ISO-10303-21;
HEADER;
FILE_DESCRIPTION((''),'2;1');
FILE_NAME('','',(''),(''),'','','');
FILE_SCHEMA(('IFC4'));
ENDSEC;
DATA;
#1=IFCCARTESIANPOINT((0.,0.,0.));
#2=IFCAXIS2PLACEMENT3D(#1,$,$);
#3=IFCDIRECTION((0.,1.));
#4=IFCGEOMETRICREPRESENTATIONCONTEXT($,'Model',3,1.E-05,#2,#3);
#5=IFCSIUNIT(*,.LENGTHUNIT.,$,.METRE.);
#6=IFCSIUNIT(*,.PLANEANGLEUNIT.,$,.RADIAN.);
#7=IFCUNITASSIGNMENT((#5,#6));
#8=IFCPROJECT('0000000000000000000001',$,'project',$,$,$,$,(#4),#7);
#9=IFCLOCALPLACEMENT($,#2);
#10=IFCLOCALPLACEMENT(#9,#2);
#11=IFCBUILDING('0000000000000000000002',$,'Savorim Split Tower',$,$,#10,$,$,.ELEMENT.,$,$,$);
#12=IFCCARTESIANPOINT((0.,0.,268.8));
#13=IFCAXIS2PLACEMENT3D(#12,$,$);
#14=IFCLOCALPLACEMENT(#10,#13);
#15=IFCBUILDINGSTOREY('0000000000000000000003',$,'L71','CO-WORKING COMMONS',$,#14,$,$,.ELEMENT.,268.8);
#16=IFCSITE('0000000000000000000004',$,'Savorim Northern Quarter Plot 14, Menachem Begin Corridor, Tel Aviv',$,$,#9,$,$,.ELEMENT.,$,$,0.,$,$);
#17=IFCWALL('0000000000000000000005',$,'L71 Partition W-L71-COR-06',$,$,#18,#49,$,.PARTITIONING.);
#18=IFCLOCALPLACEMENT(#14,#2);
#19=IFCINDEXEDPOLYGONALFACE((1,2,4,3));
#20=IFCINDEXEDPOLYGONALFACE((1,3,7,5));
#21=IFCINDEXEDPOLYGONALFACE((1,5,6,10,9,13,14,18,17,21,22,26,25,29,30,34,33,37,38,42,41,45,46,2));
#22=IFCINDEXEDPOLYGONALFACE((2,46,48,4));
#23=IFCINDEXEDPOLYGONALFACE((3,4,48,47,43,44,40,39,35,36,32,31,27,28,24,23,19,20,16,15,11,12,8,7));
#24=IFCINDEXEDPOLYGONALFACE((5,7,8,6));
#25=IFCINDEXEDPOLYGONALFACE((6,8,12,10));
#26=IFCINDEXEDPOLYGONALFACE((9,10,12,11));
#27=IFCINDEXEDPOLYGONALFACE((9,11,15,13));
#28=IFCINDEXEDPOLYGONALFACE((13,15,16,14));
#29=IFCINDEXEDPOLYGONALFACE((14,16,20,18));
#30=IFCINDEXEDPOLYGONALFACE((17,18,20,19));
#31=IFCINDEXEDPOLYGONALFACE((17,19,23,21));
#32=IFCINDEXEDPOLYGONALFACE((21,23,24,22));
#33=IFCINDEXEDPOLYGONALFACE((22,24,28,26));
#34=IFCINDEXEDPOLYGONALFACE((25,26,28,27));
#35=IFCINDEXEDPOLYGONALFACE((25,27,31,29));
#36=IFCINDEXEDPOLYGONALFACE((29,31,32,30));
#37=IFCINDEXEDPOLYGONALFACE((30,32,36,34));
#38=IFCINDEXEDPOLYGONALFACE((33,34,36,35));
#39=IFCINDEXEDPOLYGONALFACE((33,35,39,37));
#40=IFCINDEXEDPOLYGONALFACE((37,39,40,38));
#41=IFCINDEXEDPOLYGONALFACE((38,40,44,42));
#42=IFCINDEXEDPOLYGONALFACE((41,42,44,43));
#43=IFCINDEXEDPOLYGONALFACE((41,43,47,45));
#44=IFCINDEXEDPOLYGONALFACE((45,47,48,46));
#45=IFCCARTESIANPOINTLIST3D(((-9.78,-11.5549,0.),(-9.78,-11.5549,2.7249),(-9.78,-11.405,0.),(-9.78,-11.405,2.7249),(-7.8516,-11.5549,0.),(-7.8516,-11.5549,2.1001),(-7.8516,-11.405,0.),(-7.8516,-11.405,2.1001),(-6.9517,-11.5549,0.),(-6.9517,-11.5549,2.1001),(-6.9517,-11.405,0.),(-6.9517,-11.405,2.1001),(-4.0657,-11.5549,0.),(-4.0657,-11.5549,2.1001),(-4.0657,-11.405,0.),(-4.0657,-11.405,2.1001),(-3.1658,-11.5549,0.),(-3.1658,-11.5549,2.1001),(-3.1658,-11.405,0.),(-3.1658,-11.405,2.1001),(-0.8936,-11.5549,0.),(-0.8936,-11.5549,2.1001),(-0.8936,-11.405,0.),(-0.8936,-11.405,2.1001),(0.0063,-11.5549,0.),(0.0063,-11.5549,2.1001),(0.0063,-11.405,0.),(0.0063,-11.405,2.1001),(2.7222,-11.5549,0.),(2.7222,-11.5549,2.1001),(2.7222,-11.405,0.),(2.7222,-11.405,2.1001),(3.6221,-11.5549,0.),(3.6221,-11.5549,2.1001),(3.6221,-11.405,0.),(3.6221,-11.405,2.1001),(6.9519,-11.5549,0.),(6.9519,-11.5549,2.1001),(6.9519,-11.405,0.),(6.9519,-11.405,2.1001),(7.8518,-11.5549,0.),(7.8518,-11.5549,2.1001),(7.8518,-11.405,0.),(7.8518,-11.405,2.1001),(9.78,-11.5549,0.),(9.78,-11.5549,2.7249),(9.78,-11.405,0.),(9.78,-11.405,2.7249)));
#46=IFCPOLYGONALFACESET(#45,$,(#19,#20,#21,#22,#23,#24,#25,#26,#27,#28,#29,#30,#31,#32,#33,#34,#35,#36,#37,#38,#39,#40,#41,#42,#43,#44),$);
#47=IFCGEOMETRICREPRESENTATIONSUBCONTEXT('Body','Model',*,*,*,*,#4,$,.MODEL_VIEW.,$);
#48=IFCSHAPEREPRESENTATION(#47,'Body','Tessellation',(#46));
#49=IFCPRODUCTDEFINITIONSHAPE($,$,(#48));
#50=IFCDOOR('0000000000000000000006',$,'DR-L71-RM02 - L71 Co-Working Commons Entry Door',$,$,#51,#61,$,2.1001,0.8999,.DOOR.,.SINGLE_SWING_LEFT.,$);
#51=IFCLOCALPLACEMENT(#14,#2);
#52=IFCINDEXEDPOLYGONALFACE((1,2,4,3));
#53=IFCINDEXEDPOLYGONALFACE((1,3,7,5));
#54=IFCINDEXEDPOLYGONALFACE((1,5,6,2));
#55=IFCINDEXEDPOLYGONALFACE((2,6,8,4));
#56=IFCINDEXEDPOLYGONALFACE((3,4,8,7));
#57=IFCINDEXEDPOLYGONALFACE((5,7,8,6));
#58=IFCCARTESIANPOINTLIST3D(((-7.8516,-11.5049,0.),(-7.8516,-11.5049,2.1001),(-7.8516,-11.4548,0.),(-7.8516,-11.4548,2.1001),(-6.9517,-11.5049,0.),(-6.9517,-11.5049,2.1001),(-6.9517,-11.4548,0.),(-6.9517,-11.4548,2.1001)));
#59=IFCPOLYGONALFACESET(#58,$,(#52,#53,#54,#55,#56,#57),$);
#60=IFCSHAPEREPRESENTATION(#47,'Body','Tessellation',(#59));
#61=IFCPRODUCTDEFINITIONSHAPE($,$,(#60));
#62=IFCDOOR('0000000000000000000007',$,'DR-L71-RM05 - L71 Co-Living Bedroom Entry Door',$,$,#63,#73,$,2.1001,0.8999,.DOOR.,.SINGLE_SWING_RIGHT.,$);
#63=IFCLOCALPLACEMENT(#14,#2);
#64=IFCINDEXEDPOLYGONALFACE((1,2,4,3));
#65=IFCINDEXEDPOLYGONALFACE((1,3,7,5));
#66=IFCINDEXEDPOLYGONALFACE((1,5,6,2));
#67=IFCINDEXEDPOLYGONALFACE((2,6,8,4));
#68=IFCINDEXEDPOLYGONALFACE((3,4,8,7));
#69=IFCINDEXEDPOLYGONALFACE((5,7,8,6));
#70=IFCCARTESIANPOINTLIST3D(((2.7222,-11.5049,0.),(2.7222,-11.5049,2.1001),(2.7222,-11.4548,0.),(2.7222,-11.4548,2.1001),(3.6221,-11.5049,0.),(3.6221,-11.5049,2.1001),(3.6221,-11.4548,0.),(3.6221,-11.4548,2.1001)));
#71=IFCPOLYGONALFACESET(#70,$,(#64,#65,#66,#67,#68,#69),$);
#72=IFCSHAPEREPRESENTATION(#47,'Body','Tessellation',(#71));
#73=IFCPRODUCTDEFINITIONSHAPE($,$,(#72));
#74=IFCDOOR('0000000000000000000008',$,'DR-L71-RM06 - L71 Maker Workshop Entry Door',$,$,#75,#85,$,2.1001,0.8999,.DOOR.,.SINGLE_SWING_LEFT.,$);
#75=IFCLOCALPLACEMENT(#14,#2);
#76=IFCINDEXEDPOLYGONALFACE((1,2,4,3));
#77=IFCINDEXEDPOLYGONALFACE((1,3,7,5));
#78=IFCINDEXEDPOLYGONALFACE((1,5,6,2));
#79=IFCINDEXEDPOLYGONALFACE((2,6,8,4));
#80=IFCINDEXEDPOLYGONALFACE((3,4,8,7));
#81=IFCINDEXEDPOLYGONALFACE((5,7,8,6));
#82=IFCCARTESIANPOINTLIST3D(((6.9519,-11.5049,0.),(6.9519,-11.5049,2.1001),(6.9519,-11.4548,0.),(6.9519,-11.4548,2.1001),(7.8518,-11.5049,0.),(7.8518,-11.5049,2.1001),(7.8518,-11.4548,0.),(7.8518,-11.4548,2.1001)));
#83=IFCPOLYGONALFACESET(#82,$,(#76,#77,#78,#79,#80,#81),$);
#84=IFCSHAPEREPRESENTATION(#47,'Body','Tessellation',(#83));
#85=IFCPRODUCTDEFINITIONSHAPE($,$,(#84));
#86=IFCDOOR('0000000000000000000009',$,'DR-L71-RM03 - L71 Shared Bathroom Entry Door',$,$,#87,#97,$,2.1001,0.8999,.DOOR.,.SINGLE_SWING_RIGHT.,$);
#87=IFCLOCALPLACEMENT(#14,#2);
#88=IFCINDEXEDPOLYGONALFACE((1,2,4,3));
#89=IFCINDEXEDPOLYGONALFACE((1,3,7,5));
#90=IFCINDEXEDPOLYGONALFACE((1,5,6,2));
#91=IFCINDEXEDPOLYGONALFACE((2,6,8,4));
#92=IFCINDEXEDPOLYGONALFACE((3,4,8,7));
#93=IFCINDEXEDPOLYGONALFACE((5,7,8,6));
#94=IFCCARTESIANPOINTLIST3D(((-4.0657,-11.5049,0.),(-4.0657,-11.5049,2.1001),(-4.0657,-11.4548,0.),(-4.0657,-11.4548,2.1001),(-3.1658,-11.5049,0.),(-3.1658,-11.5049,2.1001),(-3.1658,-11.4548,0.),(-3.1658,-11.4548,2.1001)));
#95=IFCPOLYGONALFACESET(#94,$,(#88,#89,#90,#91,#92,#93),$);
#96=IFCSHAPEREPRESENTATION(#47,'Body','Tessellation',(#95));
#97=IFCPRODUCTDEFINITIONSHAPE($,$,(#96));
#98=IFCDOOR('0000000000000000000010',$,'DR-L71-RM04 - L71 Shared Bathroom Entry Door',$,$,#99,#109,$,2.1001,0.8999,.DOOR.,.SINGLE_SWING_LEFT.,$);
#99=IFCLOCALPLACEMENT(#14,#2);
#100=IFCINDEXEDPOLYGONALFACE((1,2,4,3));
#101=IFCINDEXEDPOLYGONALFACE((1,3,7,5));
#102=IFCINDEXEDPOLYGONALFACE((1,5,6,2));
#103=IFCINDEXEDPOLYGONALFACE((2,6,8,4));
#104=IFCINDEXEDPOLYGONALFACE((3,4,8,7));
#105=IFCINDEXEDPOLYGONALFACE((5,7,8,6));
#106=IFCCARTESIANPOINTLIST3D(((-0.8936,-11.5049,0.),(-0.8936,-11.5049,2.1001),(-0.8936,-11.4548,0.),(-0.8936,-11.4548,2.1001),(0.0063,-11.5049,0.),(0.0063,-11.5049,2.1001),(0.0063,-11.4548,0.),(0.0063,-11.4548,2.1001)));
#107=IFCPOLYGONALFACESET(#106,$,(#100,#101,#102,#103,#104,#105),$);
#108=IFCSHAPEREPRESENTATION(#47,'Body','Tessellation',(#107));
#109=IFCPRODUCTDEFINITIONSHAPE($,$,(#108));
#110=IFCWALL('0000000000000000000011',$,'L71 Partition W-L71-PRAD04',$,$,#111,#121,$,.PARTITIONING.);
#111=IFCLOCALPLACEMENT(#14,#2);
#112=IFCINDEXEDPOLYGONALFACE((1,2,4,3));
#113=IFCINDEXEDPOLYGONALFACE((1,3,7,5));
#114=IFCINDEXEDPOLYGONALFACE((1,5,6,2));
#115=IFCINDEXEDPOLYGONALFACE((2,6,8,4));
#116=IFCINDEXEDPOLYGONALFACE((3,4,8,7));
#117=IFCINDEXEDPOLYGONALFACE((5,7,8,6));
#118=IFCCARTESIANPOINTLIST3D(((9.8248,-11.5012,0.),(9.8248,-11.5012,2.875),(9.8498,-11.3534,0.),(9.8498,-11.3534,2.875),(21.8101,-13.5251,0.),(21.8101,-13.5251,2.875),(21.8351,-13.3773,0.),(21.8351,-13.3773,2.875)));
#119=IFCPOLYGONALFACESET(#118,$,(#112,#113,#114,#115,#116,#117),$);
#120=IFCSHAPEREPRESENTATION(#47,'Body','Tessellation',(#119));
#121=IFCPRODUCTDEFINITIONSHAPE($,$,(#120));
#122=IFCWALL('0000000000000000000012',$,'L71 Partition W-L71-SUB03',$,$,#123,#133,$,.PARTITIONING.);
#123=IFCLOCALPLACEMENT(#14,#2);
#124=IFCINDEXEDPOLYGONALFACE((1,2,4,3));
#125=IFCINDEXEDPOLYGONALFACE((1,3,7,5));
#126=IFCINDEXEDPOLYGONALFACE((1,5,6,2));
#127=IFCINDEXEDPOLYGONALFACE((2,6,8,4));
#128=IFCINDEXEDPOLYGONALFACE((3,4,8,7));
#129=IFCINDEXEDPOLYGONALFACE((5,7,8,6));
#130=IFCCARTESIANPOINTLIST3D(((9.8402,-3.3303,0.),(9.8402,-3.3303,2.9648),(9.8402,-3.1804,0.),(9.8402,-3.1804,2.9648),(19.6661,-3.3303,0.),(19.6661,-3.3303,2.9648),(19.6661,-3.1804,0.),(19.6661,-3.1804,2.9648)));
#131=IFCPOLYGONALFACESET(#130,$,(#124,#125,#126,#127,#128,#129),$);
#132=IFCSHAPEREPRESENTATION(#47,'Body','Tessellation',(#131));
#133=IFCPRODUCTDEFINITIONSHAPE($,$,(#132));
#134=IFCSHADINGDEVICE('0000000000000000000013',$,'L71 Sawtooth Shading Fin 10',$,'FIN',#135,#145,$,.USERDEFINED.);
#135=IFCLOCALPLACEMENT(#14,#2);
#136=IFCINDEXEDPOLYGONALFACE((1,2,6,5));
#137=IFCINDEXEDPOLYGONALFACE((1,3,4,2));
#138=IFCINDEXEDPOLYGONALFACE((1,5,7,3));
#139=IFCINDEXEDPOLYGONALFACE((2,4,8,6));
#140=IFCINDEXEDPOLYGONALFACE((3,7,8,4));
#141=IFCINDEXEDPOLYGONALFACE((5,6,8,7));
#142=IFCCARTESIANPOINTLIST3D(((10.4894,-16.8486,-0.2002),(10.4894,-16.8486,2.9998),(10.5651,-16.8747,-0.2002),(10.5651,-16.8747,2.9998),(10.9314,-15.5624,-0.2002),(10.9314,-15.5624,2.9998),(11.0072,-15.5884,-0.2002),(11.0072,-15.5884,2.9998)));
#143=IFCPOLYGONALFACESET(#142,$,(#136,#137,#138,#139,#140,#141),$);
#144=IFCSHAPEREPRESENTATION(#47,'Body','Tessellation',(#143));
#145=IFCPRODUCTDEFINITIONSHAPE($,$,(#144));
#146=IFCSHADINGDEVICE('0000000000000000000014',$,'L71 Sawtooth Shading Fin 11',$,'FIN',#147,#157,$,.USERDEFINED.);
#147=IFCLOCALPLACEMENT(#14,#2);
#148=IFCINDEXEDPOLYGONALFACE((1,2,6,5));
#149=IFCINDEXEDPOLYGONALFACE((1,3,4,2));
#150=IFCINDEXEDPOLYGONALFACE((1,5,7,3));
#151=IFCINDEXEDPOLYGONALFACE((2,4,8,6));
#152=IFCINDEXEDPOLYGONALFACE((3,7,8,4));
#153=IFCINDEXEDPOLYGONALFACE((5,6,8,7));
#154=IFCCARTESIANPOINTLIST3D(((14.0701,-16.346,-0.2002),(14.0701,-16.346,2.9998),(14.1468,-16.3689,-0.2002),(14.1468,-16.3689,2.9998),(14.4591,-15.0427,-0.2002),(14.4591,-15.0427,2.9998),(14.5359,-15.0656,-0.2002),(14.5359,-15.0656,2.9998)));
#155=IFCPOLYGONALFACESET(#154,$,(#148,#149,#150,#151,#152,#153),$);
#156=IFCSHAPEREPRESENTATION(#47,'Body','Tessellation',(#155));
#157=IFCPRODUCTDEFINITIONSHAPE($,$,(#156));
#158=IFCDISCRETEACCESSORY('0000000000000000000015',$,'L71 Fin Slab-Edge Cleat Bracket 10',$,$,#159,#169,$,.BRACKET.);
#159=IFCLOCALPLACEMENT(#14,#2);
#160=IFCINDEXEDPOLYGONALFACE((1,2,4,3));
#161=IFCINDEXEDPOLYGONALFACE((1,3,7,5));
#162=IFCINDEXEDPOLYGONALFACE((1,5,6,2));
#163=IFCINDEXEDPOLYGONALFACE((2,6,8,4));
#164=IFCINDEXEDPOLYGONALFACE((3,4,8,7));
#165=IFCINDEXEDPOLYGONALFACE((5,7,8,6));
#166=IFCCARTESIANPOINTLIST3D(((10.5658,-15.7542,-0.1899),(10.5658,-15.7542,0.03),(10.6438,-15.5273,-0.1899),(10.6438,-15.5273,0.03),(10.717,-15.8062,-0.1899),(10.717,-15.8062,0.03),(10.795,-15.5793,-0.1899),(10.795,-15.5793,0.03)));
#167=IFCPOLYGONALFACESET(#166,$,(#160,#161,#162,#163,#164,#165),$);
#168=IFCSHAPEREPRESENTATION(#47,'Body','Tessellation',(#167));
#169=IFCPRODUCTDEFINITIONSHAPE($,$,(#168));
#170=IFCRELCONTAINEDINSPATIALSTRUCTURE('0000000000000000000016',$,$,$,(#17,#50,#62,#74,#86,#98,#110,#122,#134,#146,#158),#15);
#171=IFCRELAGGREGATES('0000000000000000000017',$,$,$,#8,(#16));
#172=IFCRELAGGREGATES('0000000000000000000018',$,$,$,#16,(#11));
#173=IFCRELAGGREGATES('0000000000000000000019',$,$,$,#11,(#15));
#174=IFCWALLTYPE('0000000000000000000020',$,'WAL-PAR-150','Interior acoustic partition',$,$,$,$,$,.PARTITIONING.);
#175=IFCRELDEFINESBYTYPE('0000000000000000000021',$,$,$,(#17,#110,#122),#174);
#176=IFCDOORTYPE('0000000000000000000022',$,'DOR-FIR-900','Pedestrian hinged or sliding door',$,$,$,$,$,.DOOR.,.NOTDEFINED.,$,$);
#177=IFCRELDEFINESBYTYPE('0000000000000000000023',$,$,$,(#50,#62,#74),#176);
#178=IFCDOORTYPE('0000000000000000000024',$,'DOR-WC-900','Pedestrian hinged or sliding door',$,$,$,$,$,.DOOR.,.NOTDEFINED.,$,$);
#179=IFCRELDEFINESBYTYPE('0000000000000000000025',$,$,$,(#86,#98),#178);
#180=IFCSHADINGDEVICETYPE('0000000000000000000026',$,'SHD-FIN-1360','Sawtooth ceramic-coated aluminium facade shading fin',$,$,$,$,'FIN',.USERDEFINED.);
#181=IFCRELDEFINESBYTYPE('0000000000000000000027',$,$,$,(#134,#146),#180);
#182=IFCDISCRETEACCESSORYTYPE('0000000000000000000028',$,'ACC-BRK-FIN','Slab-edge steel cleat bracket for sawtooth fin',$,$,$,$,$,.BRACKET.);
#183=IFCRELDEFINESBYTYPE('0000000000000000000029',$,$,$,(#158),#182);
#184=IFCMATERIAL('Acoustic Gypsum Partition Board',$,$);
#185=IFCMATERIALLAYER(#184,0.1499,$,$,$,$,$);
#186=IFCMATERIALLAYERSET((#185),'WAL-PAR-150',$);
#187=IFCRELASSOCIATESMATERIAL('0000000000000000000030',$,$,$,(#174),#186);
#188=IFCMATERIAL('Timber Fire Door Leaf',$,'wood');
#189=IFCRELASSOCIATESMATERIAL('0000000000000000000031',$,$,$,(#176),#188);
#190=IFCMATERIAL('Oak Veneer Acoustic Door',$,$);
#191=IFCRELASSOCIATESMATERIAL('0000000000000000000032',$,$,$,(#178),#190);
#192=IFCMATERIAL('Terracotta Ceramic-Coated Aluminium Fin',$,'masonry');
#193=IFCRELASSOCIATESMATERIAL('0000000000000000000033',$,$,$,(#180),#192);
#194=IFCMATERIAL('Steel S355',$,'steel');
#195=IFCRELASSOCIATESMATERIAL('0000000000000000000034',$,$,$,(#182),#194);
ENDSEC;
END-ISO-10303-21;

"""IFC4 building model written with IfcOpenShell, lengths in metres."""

from ifc_helpers import new_model, si_unit, direction, frame, frame_2d, origin, origin_2d, place, context, subcontext, project, spatial, rectangle, extrude, material, layer, layer_set, type_object, element, fill, save


model = new_model("IFC4")

# Units and contexts
model_context = context("Model", 3, precision=1e-05, world=origin(), true_north=direction((0.0, 1.0)))
body_context = subcontext(model_context, "Body", "Model", "MODEL_VIEW")
ifc_project = project(units=[si_unit("LENGTHUNIT", "METRE"), si_unit("PLANEANGLEUNIT", "RADIAN")], contexts=[model_context])

# Site, building, storey
site_placement = place(None, origin())
site = spatial("IfcSite", under=ifc_project, at=site_placement, Name="Savorim Northern Quarter Plot 14, Menachem Begin Corridor, Tel Aviv", CompositionType="ELEMENT", RefElevation=0.0)
building_placement = place(site_placement, origin())
building = spatial("IfcBuilding", under=site, at=building_placement, Name="Savorim Split Tower", CompositionType="ELEMENT")
storey_placement = place(building_placement, frame((0.0, 0.0, 268.8)))
storey = spatial("IfcBuildingStorey", under=building, at=storey_placement, Name="L71", Description="CO-WORKING COMMONS", CompositionType="ELEMENT", Elevation=268.8)

# Shared definitions
ifc_material_1 = material(Name="Steel S355", Category="steel")

# Wall, openings, doors
ifc_material_2 = material(Name="Acoustic Gypsum Partition Board")
ifc_layer_1 = layer(ifc_material_2, 0.1499)
ifc_layer_set_1 = layer_set([ifc_layer_1], Name="WAL-PAR-150")
wall_type = type_object("IfcWallType", Name="WAL-PAR-150", Description="Interior acoustic partition", PredefinedType="PARTITIONING", material=ifc_layer_set_1)
wall_1_placement = place(storey_placement, frame((9.78, -11.48, 0.0), z_axis=(0.0, 0.0, 1.0), x_axis=(-1.0, 0.0, 0.0)))
wall_1 = element("IfcWall", 1, at=wall_1_placement, inside=storey, type_object=wall_type, Name="L71 Partition W-L71-COR-06", PredefinedType="PARTITIONING", context=body_context, shape_type="SweptSolid", body=[
    extrude(rectangle(XDim=19.5601, YDim=0.1499, at=frame_2d((9.78, 0.0))), origin(), (0.0, 0.0, 1.0), 2.7249),
])
opening_1_placement = place(wall_1_placement, frame((16.7317, 0.0, 0.0)))
opening_1 = element("IfcOpeningElement", 2, at=opening_1_placement, cuts=wall_1, PredefinedType="OPENING", context=body_context, shape_type="SweptSolid", body=[
    extrude(rectangle(XDim=0.8999, YDim=2.1001, at=frame_2d((0.45, 1.05))), frame((0.0, 0.085, 0.0), z_axis=(0.0, -1.0, 0.0), x_axis=(1.0, 0.0, 0.0)), (0.0, 0.0, 1.0), 0.1699),
])
opening_2_placement = place(wall_1_placement, frame((12.9458, 0.0, 0.0)))
opening_2 = element("IfcOpeningElement", 3, at=opening_2_placement, cuts=wall_1, PredefinedType="OPENING", context=body_context, shape_type="SweptSolid", body=[
    extrude(rectangle(XDim=0.8999, YDim=2.1001, at=frame_2d((0.45, 1.05))), frame((0.0, 0.085, 0.0), z_axis=(0.0, -1.0, 0.0), x_axis=(1.0, 0.0, 0.0)), (0.0, 0.0, 1.0), 0.1699),
])
opening_3_placement = place(wall_1_placement, frame((9.7737, 0.0, 0.0)))
opening_3 = element("IfcOpeningElement", 4, at=opening_3_placement, cuts=wall_1, PredefinedType="OPENING", context=body_context, shape_type="SweptSolid", body=[
    extrude(rectangle(XDim=0.8999, YDim=2.1001, at=frame_2d((0.45, 1.05))), frame((0.0, 0.085, 0.0), z_axis=(0.0, -1.0, 0.0), x_axis=(1.0, 0.0, 0.0)), (0.0, 0.0, 1.0), 0.1699),
])
opening_4_placement = place(wall_1_placement, frame((6.158, 0.0, 0.0)))
opening_4 = element("IfcOpeningElement", 5, at=opening_4_placement, cuts=wall_1, PredefinedType="OPENING", context=body_context, shape_type="SweptSolid", body=[
    extrude(rectangle(XDim=0.8999, YDim=2.1001, at=frame_2d((0.45, 1.05))), frame((0.0, 0.085, 0.0), z_axis=(0.0, -1.0, 0.0), x_axis=(1.0, 0.0, 0.0)), (0.0, 0.0, 1.0), 0.1699),
])
opening_5_placement = place(wall_1_placement, frame((1.9282, 0.0, 0.0)))
opening_5 = element("IfcOpeningElement", 6, at=opening_5_placement, cuts=wall_1, PredefinedType="OPENING", context=body_context, shape_type="SweptSolid", body=[
    extrude(rectangle(XDim=0.8999, YDim=2.1001, at=frame_2d((0.45, 1.05))), frame((0.0, 0.085, 0.0), z_axis=(0.0, -1.0, 0.0), x_axis=(1.0, 0.0, 0.0)), (0.0, 0.0, 1.0), 0.1699),
])
ifc_material_3 = material(Name="Timber Fire Door Leaf", Category="wood")
door_type_1 = type_object("IfcDoorType", Name="DOR-FIR-900", Description="Pedestrian hinged or sliding door", OperationType="NOTDEFINED", PredefinedType="DOOR", material=ifc_material_3)
door_1_placement = place(opening_1_placement, origin())
door_1 = element("IfcDoor", 7, at=door_1_placement, inside=storey, type_object=door_type_1, Name="DR-L71-RM02 - L71 Co-Working Commons Entry Door", OperationType="SINGLE_SWING_LEFT", OverallHeight=2.1001, OverallWidth=0.8999, PredefinedType="DOOR", context=body_context, shape_type="SweptSolid", body=[
    extrude(rectangle(XDim=0.8999, YDim=2.1001, at=frame_2d((0.45, 1.05))), frame((0.0, 0.0249, 0.0), z_axis=(0.0, -1.0, 0.0), x_axis=(1.0, 0.0, 0.0)), (0.0, 0.0, 1.0), 0.05),
])
fill(opening_1, door_1)
door_2_placement = place(opening_4_placement, origin())
door_2 = element("IfcDoor", 8, at=door_2_placement, inside=storey, type_object=door_type_1, Name="DR-L71-RM05 - L71 Co-Living Bedroom Entry Door", OperationType="SINGLE_SWING_RIGHT", OverallHeight=2.1001, OverallWidth=0.8999, PredefinedType="DOOR", context=body_context, shape_type="SweptSolid", body=[
    extrude(rectangle(XDim=0.8999, YDim=2.1001, at=frame_2d((0.45, 1.05))), frame((0.0, 0.0249, 0.0), z_axis=(0.0, -1.0, 0.0), x_axis=(1.0, 0.0, 0.0)), (0.0, 0.0, 1.0), 0.05),
])
fill(opening_4, door_2)
door_3_placement = place(opening_5_placement, origin())
door_3 = element("IfcDoor", 9, at=door_3_placement, inside=storey, type_object=door_type_1, Name="DR-L71-RM06 - L71 Maker Workshop Entry Door", OperationType="SINGLE_SWING_LEFT", OverallHeight=2.1001, OverallWidth=0.8999, PredefinedType="DOOR", context=body_context, shape_type="SweptSolid", body=[
    extrude(rectangle(XDim=0.8999, YDim=2.1001, at=frame_2d((0.45, 1.05))), frame((0.0, 0.0249, 0.0), z_axis=(0.0, -1.0, 0.0), x_axis=(1.0, 0.0, 0.0)), (0.0, 0.0, 1.0), 0.05),
])
fill(opening_5, door_3)
ifc_material_4 = material(Name="Oak Veneer Acoustic Door")
door_type_2 = type_object("IfcDoorType", Name="DOR-WC-900", Description="Pedestrian hinged or sliding door", OperationType="NOTDEFINED", PredefinedType="DOOR", material=ifc_material_4)
door_4_placement = place(opening_2_placement, origin())
door_4 = element("IfcDoor", 10, at=door_4_placement, inside=storey, type_object=door_type_2, Name="DR-L71-RM03 - L71 Shared Bathroom Entry Door", OperationType="SINGLE_SWING_RIGHT", OverallHeight=2.1001, OverallWidth=0.8999, PredefinedType="DOOR", context=body_context, shape_type="SweptSolid", body=[
    extrude(rectangle(XDim=0.8999, YDim=2.1001, at=frame_2d((0.45, 1.05))), frame((0.0, 0.0249, 0.0), z_axis=(0.0, -1.0, 0.0), x_axis=(1.0, 0.0, 0.0)), (0.0, 0.0, 1.0), 0.05),
])
fill(opening_2, door_4)
door_5_placement = place(opening_3_placement, origin())
door_5 = element("IfcDoor", 11, at=door_5_placement, inside=storey, type_object=door_type_2, Name="DR-L71-RM04 - L71 Shared Bathroom Entry Door", OperationType="SINGLE_SWING_LEFT", OverallHeight=2.1001, OverallWidth=0.8999, PredefinedType="DOOR", context=body_context, shape_type="SweptSolid", body=[
    extrude(rectangle(XDim=0.8999, YDim=2.1001, at=frame_2d((0.45, 1.05))), frame((0.0, 0.0249, 0.0), z_axis=(0.0, -1.0, 0.0), x_axis=(1.0, 0.0, 0.0)), (0.0, 0.0, 1.0), 0.05),
])
fill(opening_3, door_5)

# Walls
wall_2_placement = place(storey_placement, frame((9.8372, -11.4272, 0.0), z_axis=(0.0, 0.0, 1.0), x_axis=(0.98604, -0.166509, 0.0)))
element("IfcWall", 12, at=wall_2_placement, inside=storey, type_object=wall_type, Name="L71 Partition W-L71-PRAD04", PredefinedType="PARTITIONING", context=body_context, shape_type="SweptSolid", body=[
    extrude(rectangle(XDim=12.155, YDim=0.1499, at=frame_2d((6.0776, 0.0))), origin(), (0.0, 0.0, 1.0), 2.875),
])
wall_3_placement = place(storey_placement, frame((9.8401, -3.2554, 0.0), z_axis=(0.0, 0.0, 1.0), x_axis=(1.0, 0.0, 0.0)))
element("IfcWall", 13, at=wall_3_placement, inside=storey, type_object=wall_type, Name="L71 Partition W-L71-SUB03", PredefinedType="PARTITIONING", context=body_context, shape_type="SweptSolid", body=[
    extrude(rectangle(XDim=9.8259, YDim=0.1499, at=frame_2d((4.9131, 0.0))), origin(), (0.0, 0.0, 1.0), 2.9648),
])

# Shading devices
ifc_material_5 = material(Name="Terracotta Ceramic-Coated Aluminium Fin", Category="masonry")
shading_device_type = type_object("IfcShadingDeviceType", Name="SHD-FIN-1360", Description="Sawtooth ceramic-coated aluminium facade shading fin", ElementType="FIN", PredefinedType="USERDEFINED", material=ifc_material_5)
for number, where, z_axis, x_axis, name in (
    (14, (10.7483, -16.2185, -0.2002), (0.0, 0.0, 1.0), (-0.324994, -0.945716, 0.0), "L71 Sawtooth Shading Fin 10"),
    (15, (14.303, -15.7058, -0.2002), (0.0, 0.0, 1.0), (-0.286026, -0.958222, 0.0), "L71 Sawtooth Shading Fin 11"),
):
    element("IfcShadingDevice", number, at=place(storey_placement, frame(where, z_axis=z_axis, x_axis=x_axis)), inside=storey, type_object=shading_device_type, Name=name, ObjectType="FIN", PredefinedType="USERDEFINED", context=body_context, shape_type="SweptSolid", body=[
        extrude(rectangle(XDim=1.3601, YDim=0.0801, at=origin_2d()), origin(), (0.0, 0.0, 1.0), 3.2),
    ])

# Discrete accessory
discrete_accessory_type = type_object("IfcDiscreteAccessoryType", Name="ACC-BRK-FIN", Description="Slab-edge steel cleat bracket for sawtooth fin", PredefinedType="BRACKET", material=ifc_material_1)
for number, where, z_axis, x_axis, name in (
    (16, (10.6804, -15.6667, -0.1899), (0.0, 0.0, 1.0), (-0.324994, -0.945716, 0.0), "L71 Fin Slab-Edge Cleat Bracket 10"),
):
    element("IfcDiscreteAccessory", number, at=place(storey_placement, frame(where, z_axis=z_axis, x_axis=x_axis)), inside=storey, type_object=discrete_accessory_type, Name=name, PredefinedType="BRACKET", context=body_context, shape_type="SweptSolid", body=[
        extrude(rectangle(XDim=0.24, YDim=0.1599, at=origin_2d()), origin(), (0.0, 0.0, 1.0), 0.22),
    ])

save(model, "model.ifc")
